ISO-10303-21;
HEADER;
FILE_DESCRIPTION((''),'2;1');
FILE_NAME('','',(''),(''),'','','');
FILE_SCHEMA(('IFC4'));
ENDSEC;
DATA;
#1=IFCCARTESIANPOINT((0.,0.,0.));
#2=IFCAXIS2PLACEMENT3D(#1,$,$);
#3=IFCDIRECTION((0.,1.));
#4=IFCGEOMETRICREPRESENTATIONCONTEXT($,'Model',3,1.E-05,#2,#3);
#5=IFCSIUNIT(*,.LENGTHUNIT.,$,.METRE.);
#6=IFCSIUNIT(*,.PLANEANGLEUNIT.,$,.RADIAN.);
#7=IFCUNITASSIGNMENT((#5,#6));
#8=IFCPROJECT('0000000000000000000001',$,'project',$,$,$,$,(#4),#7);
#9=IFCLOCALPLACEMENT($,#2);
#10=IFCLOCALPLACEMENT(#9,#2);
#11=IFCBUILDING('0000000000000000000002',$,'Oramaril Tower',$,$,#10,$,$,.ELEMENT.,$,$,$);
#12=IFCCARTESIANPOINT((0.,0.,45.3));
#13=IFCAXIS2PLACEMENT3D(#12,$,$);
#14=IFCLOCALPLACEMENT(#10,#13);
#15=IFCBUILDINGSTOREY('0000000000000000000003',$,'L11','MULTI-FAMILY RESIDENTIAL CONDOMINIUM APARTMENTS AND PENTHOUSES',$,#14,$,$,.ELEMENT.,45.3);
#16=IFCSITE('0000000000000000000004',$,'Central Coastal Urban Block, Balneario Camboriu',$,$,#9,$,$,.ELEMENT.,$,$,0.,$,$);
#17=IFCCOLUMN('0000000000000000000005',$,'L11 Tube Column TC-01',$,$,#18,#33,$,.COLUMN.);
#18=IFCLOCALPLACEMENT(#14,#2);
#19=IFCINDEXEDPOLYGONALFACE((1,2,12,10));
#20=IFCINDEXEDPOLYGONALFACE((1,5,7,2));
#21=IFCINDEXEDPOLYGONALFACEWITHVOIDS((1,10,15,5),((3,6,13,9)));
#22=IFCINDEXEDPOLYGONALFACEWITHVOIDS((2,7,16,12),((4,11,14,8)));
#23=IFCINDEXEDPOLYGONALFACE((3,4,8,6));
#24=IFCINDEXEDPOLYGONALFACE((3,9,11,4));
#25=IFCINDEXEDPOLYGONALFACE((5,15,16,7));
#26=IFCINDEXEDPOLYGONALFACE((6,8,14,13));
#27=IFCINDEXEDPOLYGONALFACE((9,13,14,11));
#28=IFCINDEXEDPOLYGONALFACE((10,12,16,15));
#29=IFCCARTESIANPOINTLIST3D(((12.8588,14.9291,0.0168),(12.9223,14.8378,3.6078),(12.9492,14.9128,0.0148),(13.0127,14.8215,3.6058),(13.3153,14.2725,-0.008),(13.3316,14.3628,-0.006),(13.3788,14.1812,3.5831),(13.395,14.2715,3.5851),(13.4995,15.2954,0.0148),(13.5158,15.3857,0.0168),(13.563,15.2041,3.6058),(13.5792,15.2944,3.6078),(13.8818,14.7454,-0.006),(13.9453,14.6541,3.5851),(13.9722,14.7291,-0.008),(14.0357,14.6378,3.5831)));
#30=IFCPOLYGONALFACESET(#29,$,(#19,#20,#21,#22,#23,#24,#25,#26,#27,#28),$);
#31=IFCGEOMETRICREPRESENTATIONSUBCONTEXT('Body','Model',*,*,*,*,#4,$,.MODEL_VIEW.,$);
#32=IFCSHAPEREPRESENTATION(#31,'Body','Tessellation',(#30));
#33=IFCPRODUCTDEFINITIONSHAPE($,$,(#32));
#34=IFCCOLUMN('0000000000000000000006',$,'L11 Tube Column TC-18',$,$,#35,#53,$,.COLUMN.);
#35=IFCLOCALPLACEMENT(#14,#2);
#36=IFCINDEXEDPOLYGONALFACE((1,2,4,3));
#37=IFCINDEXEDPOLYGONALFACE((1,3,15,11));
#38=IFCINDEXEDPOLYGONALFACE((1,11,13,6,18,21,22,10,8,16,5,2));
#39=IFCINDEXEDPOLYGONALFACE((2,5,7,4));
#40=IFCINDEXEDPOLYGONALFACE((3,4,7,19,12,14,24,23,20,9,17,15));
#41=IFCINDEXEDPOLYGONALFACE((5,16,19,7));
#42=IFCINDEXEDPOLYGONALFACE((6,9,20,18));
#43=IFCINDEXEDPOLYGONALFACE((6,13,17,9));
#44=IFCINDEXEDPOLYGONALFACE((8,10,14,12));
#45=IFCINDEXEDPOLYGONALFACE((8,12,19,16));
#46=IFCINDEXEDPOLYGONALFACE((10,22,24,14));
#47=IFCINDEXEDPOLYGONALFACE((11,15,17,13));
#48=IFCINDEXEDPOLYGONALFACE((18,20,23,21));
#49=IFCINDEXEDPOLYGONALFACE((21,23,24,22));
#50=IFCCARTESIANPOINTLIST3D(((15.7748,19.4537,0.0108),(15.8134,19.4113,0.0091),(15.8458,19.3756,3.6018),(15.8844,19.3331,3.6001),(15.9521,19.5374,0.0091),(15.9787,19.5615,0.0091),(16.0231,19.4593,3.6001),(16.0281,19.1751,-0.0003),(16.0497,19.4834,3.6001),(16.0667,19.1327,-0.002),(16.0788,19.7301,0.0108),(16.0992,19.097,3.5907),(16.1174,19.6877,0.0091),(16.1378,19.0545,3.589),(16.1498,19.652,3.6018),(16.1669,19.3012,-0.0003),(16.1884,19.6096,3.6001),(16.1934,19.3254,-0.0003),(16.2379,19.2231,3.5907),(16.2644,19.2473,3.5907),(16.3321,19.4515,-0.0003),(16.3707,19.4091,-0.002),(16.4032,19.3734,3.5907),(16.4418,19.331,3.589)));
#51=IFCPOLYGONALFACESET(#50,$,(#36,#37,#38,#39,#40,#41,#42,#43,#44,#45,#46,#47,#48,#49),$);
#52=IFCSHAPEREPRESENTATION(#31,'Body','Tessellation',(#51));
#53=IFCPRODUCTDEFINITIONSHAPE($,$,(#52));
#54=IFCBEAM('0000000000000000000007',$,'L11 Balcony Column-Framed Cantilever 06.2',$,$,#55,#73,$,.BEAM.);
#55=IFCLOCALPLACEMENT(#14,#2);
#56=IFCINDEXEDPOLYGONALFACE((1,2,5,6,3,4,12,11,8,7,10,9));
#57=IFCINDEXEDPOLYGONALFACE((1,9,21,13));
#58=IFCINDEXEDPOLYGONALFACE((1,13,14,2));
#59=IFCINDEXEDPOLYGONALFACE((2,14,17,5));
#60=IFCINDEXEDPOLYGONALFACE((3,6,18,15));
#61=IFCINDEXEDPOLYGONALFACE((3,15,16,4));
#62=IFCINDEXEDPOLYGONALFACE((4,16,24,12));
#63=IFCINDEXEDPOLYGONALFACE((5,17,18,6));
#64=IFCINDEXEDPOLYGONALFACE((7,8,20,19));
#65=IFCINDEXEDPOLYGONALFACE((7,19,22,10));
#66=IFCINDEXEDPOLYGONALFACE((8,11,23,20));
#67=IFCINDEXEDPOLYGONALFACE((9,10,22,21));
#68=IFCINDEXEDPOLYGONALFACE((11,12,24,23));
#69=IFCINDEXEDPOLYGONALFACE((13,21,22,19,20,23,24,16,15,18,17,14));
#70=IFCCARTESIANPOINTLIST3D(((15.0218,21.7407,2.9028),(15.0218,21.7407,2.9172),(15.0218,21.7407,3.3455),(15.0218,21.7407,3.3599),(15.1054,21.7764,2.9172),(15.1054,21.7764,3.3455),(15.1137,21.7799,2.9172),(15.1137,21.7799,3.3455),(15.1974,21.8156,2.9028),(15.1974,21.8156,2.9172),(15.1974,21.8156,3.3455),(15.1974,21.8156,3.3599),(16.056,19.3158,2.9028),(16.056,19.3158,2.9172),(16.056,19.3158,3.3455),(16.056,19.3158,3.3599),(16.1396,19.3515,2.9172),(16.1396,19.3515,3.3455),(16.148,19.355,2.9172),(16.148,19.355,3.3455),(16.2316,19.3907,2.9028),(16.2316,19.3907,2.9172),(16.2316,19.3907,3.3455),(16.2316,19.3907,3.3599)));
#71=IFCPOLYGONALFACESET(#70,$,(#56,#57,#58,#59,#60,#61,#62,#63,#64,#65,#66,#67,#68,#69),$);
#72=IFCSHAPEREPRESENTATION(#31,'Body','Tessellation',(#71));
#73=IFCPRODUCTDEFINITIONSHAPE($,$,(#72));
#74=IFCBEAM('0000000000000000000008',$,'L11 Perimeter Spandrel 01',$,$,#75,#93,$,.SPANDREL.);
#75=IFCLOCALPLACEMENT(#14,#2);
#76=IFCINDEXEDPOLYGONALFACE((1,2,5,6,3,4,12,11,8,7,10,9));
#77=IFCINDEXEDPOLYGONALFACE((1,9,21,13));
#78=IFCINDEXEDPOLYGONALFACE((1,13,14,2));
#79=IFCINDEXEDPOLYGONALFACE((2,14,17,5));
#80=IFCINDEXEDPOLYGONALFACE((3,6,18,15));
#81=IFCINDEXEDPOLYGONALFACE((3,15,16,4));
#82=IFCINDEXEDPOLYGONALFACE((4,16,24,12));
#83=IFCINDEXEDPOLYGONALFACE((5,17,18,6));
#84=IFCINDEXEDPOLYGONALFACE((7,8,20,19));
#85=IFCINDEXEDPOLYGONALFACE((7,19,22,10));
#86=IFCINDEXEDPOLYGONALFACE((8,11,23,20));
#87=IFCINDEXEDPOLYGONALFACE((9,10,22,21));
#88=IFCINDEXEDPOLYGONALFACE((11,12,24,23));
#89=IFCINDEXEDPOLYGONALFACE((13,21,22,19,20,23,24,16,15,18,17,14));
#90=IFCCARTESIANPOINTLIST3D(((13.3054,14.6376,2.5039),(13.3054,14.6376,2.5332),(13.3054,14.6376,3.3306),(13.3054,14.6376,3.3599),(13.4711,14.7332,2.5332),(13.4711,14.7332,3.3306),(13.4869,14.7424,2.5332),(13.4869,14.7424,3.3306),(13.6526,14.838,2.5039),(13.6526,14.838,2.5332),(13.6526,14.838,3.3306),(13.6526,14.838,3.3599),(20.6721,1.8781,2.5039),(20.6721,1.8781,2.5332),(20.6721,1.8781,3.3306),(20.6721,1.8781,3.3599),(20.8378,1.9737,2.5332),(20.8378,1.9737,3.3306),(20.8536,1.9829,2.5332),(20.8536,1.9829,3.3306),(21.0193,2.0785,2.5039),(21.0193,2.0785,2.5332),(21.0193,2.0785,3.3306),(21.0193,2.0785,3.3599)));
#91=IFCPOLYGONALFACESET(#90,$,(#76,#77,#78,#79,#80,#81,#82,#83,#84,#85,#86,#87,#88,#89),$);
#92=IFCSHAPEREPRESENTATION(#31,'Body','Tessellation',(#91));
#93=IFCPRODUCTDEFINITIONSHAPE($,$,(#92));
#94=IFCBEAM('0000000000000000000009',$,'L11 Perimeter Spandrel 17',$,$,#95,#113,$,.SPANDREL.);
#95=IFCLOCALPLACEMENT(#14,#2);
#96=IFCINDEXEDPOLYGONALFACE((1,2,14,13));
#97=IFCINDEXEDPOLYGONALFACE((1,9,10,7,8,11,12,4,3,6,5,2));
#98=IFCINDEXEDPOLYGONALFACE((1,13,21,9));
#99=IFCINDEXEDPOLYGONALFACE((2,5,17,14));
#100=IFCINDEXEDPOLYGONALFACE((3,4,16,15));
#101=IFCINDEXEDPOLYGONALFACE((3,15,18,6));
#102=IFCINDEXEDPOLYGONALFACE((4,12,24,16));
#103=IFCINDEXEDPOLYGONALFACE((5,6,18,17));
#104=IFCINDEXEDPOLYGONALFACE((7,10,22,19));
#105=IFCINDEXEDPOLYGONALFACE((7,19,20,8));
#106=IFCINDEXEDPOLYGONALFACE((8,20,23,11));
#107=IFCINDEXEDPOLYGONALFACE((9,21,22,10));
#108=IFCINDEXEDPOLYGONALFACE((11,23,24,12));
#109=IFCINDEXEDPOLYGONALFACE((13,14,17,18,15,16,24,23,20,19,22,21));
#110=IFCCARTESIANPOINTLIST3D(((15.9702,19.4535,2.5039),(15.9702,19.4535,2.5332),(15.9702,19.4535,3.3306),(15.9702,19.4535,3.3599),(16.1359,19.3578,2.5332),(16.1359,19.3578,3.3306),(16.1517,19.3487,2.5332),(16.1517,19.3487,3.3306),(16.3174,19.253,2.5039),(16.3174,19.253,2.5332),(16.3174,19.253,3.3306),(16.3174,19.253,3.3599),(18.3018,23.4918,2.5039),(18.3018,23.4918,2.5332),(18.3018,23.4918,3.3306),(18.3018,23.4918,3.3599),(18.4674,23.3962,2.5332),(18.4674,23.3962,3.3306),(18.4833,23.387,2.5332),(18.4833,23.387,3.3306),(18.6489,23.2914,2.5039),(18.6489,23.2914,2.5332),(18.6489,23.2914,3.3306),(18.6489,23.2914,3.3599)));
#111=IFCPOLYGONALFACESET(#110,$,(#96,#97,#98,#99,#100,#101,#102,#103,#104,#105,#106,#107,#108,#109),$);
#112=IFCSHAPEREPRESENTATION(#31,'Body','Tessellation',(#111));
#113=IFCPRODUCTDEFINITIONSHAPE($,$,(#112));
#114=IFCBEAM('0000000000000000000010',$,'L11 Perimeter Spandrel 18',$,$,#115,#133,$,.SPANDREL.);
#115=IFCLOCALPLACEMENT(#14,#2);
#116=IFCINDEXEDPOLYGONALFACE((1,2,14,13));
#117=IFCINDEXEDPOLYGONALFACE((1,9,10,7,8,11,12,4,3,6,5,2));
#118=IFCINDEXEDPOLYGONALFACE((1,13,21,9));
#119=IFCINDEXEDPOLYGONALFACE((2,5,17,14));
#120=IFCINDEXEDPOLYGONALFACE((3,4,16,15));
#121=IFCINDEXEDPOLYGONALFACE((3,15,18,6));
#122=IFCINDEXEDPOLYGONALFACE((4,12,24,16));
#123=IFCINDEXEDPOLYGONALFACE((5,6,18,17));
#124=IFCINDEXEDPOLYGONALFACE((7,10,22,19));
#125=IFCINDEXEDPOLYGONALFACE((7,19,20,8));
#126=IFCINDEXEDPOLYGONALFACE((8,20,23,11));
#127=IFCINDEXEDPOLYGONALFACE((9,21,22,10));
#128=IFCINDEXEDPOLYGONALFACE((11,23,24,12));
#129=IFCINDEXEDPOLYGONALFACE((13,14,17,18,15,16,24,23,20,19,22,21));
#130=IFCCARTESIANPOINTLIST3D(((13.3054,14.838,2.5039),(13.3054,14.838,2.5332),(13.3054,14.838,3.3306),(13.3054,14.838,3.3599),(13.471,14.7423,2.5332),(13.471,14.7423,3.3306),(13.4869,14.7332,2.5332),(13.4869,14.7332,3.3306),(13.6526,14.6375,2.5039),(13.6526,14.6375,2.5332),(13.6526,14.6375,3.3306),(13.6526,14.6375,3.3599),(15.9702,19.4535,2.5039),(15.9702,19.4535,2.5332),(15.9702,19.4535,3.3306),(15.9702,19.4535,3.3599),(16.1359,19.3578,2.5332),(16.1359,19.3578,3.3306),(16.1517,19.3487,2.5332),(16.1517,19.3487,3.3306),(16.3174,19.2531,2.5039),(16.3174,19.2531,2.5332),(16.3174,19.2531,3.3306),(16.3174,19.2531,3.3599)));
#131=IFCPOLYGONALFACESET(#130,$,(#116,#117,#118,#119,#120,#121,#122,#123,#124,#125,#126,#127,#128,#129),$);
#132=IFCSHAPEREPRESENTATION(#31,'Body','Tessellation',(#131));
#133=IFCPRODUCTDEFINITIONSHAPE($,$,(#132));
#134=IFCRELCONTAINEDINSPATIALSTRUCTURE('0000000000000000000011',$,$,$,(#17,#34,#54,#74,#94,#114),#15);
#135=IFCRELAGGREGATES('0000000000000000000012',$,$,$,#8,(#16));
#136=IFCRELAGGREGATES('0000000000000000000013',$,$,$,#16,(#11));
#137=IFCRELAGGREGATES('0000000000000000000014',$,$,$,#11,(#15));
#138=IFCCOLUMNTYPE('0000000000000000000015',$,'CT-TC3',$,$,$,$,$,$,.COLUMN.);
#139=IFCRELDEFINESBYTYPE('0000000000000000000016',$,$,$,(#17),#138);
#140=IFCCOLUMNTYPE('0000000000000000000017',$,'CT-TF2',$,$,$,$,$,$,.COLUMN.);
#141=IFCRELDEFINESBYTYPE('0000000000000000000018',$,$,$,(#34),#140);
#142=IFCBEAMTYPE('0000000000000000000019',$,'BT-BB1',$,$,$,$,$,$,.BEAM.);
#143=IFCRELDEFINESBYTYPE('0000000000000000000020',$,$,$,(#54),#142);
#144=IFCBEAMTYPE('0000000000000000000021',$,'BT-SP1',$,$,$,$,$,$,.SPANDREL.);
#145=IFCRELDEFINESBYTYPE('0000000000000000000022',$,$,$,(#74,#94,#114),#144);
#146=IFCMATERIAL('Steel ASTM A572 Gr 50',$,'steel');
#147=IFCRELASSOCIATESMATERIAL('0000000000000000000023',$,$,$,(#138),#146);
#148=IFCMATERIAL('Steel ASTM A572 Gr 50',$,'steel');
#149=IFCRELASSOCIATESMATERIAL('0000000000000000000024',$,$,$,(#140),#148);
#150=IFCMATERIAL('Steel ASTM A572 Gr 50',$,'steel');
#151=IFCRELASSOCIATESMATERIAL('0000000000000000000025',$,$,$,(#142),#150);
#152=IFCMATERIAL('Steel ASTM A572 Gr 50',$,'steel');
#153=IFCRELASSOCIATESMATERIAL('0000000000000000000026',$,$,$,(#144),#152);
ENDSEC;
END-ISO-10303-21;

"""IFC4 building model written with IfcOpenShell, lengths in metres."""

from ifc_helpers import new_model, si_unit, direction, frame, origin, origin_2d, place, context, subcontext, project, spatial, hollow_rectangle, i_section, extrude, material, material_profile, profile_set, type_object, element, save


model = new_model("IFC4")

# Units and contexts
model_context = context("Model", 3, precision=1e-05, world=origin(), true_north=direction((0.0, 1.0)))
body_context = subcontext(model_context, "Body", "Model", "MODEL_VIEW")
ifc_project = project(units=[si_unit("LENGTHUNIT", "METRE"), si_unit("PLANEANGLEUNIT", "RADIAN")], contexts=[model_context])

# Site, building, storey
site_placement = place(None, origin())
site = spatial("IfcSite", under=ifc_project, at=site_placement, Name="Central Coastal Urban Block, Balneario Camboriu", CompositionType="ELEMENT", RefElevation=0.0)
building_placement = place(site_placement, origin())
building = spatial("IfcBuilding", under=site, at=building_placement, Name="Oramaril Tower", CompositionType="ELEMENT")
storey_placement = place(building_placement, frame((0.0, 0.0, 45.3)))
storey = spatial("IfcBuildingStorey", under=building, at=storey_placement, Name="L11", Description="MULTI-FAMILY RESIDENTIAL CONDOMINIUM APARTMENTS AND PENTHOUSES", CompositionType="ELEMENT", Elevation=45.3)

# Columns
ifc_material_1 = material(Name="Steel ASTM A572 Gr 50", Category="steel")
ifc_material_profile_1 = material_profile(ifc_material_1, hollow_rectangle(XDim=0.8, YDim=0.8, WallThickness=0.0649, at=origin_2d()), Name="BOX800X800X65")
ifc_profile_set_1 = profile_set([ifc_material_profile_1], Name="Steel ASTM A572 Gr 50")
column_type_1 = type_object("IfcColumnType", Name="CT-TC3", PredefinedType="COLUMN", material=ifc_profile_set_1)
column_1_placement = place(storey_placement, frame((13.4155, 14.8291, 0.0044), z_axis=(0.017668, -0.025414, 0.999521), x_axis=(0.821084, 0.570807, 0.0)))
element("IfcColumn", 1, at=column_1_placement, inside=storey, type_object=column_type_1, Name="L11 Tube Column TC-01", PredefinedType="COLUMN", context=body_context, shape_type="SweptSolid", body=[
    extrude(hollow_rectangle(XDim=0.8, YDim=0.8, WallThickness=0.0649, at=origin_2d()), origin(), (0.0, 0.0, 1.0), 3.5928),
])
ifc_material_2 = material(Name="Steel ASTM A572 Gr 50", Category="steel")
ifc_material_profile_2 = material_profile(ifc_material_2, i_section(OverallWidth=0.4109, OverallDepth=0.4341, WebThickness=0.0359, FlangeThickness=0.0574, at=origin_2d()), Name="W14X311")
ifc_profile_set_2 = profile_set([ifc_material_profile_2], Name="Steel ASTM A572 Gr 50")
column_type_2 = type_object("IfcColumnType", Name="CT-TF2", PredefinedType="COLUMN", material=ifc_profile_set_2)
column_2_placement = place(storey_placement, frame((16.0728, 19.4314, 0.0044), z_axis=(0.019775, -0.021746, 0.999568), x_axis=(0.739835, 0.672788, 0.0)))
element("IfcColumn", 2, at=column_2_placement, inside=storey, type_object=column_type_2, Name="L11 Tube Column TC-18", PredefinedType="COLUMN", context=body_context, shape_type="SweptSolid", body=[
    extrude(i_section(OverallWidth=0.4109, OverallDepth=0.4341, WebThickness=0.0359, FlangeThickness=0.0574, at=origin_2d()), origin(), (0.0, 0.0, 1.0), 3.5925),
])

# Beams
ifc_material_3 = material(Name="Steel ASTM A572 Gr 50", Category="steel")
ifc_material_profile_3 = material_profile(ifc_material_3, i_section(OverallWidth=0.1909, OverallDepth=0.457, WebThickness=0.009, FlangeThickness=0.0144, at=origin_2d()), Name="W18X50")
ifc_profile_set_3 = profile_set([ifc_material_profile_3], Name="Steel ASTM A572 Gr 50")
beam_type_1 = type_object("IfcBeamType", Name="BT-BB1", PredefinedType="BEAM", material=ifc_profile_set_3)
beam_1_placement = place(storey_placement, frame((16.1438, 19.3533, 3.1313), z_axis=(-0.392309, 0.919833, 0.0), x_axis=(-0.919833, -0.392309, 0.0)))
element("IfcBeam", 3, at=beam_1_placement, inside=storey, type_object=beam_type_1, Name="L11 Balcony Column-Framed Cantilever 06.2", PredefinedType="BEAM", context=body_context, shape_type="SweptSolid", body=[
    extrude(i_section(OverallWidth=0.1909, OverallDepth=0.457, WebThickness=0.009, FlangeThickness=0.0144, at=origin_2d()), origin(), (0.0, 0.0, 1.0), 2.6362),
])
ifc_material_4 = material(Name="Steel ASTM A572 Gr 50", Category="steel")
ifc_material_profile_4 = material_profile(ifc_material_4, i_section(OverallWidth=0.4009, OverallDepth=0.856, WebThickness=0.0183, FlangeThickness=0.0293, at=origin_2d()), Name="W33X201")
ifc_profile_set_4 = profile_set([ifc_material_profile_4], Name="Steel ASTM A572 Gr 50")
beam_type_2 = type_object("IfcBeamType", Name="BT-SP1", PredefinedType="SPANDREL", material=ifc_profile_set_4)
beam_2_placement = place(storey_placement, frame((13.479, 14.7378, 2.9319), z_axis=(0.499999, -0.866026, 0.0), x_axis=(0.866026, 0.499999, 0.0)))
element("IfcBeam", 4, at=beam_2_placement, inside=storey, type_object=beam_type_2, Name="L11 Perimeter Spandrel 01", PredefinedType="SPANDREL", context=body_context, shape_type="SweptSolid", body=[
    extrude(i_section(OverallWidth=0.4009, OverallDepth=0.856, WebThickness=0.0183, FlangeThickness=0.0293, at=origin_2d()), origin(), (0.0, 0.0, 1.0), 14.7334),
])
beam_3_placement = place(storey_placement, frame((18.4753, 23.3916, 2.9319), z_axis=(-0.500002, -0.866024, 0.0), x_axis=(0.866024, -0.500002, 0.0)))
element("IfcBeam", 5, at=beam_3_placement, inside=storey, type_object=beam_type_2, Name="L11 Perimeter Spandrel 17", PredefinedType="SPANDREL", context=body_context, shape_type="SweptSolid", body=[
    extrude(i_section(OverallWidth=0.4009, OverallDepth=0.856, WebThickness=0.0183, FlangeThickness=0.0293, at=origin_2d()), origin(), (0.0, 0.0, 1.0), 4.6631),
])
beam_4_placement = place(storey_placement, frame((16.1438, 19.3533, 2.9319), z_axis=(-0.500007, -0.866022, 0.0), x_axis=(0.866022, -0.500007, 0.0)))
element("IfcBeam", 6, at=beam_4_placement, inside=storey, type_object=beam_type_2, Name="L11 Perimeter Spandrel 18", PredefinedType="SPANDREL", context=body_context, shape_type="SweptSolid", body=[
    extrude(i_section(OverallWidth=0.4009, OverallDepth=0.856, WebThickness=0.0183, FlangeThickness=0.0293, at=origin_2d()), origin(), (0.0, 0.0, 1.0), 5.3296),
])

save(model, "model.ifc")
